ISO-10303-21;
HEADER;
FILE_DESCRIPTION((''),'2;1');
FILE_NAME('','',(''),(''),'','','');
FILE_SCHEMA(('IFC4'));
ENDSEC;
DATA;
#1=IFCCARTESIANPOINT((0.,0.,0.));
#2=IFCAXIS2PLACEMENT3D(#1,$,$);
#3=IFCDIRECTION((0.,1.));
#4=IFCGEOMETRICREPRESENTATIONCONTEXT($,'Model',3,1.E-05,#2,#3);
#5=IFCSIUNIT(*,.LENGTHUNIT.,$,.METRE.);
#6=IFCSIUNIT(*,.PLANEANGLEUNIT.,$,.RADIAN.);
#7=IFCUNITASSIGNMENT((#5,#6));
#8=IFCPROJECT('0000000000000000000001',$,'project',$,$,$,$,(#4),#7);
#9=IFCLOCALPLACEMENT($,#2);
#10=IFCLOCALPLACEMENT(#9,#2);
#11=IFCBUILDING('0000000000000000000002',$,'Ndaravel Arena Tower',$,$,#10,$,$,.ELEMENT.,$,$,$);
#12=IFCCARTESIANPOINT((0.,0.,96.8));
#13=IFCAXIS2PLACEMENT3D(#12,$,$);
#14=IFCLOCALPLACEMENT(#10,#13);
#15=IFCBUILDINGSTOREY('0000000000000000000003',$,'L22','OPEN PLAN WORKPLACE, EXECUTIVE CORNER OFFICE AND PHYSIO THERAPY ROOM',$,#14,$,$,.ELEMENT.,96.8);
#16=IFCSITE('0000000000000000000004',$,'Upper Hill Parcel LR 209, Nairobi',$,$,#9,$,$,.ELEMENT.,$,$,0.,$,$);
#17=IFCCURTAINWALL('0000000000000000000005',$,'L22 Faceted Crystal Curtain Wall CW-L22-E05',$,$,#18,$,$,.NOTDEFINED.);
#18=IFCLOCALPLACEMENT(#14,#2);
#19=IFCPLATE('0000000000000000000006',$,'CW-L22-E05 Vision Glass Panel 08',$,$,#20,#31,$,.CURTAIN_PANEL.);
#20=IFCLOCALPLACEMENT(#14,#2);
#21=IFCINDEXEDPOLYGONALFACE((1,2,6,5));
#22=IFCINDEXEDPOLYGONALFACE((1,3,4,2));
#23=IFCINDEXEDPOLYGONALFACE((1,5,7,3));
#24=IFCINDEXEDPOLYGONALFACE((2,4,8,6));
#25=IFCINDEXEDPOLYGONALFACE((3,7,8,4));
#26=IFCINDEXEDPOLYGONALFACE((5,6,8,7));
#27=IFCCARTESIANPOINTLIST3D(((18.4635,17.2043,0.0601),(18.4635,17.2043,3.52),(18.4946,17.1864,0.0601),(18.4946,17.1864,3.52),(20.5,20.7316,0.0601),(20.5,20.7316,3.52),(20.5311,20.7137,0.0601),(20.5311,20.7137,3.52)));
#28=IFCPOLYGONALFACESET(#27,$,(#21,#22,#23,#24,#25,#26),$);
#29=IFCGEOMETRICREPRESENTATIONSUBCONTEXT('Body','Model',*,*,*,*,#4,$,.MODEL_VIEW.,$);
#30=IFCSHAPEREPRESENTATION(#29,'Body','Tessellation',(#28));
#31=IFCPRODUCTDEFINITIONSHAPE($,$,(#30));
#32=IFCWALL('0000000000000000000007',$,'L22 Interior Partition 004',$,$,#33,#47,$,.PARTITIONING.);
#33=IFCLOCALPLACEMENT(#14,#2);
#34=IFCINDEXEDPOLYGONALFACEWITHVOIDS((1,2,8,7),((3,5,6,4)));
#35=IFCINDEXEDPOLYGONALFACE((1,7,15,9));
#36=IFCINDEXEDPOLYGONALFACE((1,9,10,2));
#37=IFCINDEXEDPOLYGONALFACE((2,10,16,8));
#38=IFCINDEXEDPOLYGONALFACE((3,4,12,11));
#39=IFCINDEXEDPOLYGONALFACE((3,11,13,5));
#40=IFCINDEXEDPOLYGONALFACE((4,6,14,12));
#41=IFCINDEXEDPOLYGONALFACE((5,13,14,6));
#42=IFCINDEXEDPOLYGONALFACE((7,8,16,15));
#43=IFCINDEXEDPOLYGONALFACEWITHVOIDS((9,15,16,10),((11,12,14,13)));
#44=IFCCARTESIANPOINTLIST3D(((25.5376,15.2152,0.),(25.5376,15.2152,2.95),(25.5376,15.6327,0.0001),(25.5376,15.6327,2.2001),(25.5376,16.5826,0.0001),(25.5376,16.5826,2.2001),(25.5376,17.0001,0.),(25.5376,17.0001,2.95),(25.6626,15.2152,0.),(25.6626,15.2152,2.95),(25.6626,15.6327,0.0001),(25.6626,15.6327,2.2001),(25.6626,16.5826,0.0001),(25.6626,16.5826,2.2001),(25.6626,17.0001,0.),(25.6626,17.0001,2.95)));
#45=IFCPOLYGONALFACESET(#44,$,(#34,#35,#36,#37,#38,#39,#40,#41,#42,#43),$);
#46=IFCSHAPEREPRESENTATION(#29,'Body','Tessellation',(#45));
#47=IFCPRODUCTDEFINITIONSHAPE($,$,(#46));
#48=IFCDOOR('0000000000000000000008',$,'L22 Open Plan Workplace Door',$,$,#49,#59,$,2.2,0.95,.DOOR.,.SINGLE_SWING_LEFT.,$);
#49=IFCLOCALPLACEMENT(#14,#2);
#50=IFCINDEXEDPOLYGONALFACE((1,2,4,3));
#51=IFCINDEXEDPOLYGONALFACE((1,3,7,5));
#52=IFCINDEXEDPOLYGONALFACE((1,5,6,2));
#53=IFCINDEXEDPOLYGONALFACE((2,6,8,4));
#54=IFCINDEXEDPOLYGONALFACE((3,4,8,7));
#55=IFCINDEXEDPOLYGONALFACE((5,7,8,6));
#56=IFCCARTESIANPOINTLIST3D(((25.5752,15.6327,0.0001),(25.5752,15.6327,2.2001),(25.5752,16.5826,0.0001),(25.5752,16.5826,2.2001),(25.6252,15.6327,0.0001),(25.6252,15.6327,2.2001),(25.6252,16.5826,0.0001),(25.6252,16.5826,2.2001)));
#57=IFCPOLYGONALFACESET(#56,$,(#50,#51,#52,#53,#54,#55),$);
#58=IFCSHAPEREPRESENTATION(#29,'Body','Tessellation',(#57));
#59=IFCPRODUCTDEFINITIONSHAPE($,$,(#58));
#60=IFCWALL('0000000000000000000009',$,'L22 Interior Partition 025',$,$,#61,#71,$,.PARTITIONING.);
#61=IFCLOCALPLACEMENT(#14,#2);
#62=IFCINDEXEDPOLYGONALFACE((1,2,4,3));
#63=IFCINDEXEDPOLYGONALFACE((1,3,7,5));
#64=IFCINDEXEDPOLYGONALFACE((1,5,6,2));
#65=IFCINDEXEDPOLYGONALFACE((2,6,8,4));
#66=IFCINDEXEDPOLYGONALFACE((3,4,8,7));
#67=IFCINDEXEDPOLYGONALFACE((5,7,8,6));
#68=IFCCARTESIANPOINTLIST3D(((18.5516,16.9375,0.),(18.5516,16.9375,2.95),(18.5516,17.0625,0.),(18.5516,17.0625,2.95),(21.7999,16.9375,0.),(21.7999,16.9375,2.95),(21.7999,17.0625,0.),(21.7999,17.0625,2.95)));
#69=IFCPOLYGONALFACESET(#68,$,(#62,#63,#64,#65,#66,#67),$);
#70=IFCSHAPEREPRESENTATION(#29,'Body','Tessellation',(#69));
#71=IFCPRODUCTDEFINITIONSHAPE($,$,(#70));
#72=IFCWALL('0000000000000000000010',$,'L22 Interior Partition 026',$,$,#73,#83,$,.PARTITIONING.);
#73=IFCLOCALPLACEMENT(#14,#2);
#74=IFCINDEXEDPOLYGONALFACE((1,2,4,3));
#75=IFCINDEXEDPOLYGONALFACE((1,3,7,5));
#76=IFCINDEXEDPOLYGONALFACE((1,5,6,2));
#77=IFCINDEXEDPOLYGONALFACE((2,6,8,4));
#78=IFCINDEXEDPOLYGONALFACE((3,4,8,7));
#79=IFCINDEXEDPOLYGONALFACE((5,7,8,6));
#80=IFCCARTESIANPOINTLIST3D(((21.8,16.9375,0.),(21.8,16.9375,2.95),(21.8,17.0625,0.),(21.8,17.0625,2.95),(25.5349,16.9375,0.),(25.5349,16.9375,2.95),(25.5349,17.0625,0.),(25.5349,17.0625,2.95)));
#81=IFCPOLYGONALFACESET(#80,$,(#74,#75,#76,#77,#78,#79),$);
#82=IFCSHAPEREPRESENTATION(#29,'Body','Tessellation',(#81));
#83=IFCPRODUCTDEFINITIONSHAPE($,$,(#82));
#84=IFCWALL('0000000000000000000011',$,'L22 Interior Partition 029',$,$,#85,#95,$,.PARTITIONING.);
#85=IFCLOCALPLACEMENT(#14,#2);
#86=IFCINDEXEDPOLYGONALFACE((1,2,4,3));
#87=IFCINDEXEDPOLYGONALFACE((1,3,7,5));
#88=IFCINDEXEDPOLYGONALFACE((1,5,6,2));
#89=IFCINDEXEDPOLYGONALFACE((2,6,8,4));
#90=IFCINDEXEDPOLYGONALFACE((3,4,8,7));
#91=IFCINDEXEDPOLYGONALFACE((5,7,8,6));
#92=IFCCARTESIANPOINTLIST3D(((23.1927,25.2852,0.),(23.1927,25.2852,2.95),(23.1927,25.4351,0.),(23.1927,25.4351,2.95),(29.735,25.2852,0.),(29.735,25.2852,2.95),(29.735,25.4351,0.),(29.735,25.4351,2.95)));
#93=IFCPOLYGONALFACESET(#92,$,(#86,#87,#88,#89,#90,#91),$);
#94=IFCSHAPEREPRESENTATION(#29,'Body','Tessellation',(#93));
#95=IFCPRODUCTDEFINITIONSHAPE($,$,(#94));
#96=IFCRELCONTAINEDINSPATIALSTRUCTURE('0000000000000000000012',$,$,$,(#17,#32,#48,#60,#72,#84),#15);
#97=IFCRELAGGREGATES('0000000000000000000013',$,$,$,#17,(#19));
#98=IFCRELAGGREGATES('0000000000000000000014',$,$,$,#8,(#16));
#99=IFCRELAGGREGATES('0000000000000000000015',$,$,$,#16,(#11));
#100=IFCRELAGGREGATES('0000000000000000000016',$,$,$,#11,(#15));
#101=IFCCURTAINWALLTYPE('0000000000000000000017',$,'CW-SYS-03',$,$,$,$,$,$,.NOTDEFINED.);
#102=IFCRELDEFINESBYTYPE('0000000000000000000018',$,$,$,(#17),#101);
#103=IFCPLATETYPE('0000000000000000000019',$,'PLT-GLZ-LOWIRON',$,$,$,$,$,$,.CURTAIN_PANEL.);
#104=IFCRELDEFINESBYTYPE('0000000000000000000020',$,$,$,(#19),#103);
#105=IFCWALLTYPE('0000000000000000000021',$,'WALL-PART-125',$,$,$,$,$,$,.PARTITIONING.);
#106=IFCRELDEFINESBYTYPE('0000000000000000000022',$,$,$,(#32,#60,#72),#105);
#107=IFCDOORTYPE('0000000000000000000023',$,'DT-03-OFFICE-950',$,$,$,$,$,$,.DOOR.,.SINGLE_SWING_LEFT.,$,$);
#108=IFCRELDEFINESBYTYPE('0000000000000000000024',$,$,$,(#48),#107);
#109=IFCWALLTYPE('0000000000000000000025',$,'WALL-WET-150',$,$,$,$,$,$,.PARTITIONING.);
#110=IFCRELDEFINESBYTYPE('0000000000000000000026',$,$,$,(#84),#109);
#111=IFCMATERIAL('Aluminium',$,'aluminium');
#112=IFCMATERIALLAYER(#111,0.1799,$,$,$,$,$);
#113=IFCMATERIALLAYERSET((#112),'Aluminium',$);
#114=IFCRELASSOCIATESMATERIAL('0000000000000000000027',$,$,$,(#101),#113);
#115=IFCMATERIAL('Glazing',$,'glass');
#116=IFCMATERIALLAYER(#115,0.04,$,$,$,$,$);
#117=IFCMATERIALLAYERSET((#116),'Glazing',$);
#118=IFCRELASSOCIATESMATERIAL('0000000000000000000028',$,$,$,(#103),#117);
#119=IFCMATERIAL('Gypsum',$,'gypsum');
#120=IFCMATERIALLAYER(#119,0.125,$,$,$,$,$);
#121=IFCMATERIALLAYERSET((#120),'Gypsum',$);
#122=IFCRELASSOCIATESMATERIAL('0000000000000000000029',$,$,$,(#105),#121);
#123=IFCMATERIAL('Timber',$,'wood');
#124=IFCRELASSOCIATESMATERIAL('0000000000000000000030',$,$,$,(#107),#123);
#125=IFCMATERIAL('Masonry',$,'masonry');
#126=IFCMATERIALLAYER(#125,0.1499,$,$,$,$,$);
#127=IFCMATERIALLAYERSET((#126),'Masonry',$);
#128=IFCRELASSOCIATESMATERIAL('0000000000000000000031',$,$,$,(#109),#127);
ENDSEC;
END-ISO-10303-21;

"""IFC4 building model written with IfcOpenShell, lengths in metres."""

from ifc_helpers import new_model, si_unit, direction, frame, frame_2d, origin, origin_2d, place, context, subcontext, project, spatial, rectangle, extrude, material, layer, layer_set, type_object, element, fill, aggregate, save


model = new_model("IFC4")

# Units and contexts
model_context = context("Model", 3, precision=1e-05, world=origin(), true_north=direction((0.0, 1.0)))
body_context = subcontext(model_context, "Body", "Model", "MODEL_VIEW")
ifc_project = project(units=[si_unit("LENGTHUNIT", "METRE"), si_unit("PLANEANGLEUNIT", "RADIAN")], contexts=[model_context])

# Site, building, storey
site_placement = place(None, origin())
site = spatial("IfcSite", under=ifc_project, at=site_placement, Name="Upper Hill Parcel LR 209, Nairobi", CompositionType="ELEMENT", RefElevation=0.0)
building_placement = place(site_placement, origin())
building = spatial("IfcBuilding", under=site, at=building_placement, Name="Ndaravel Arena Tower", CompositionType="ELEMENT")
storey_placement = place(building_placement, frame((0.0, 0.0, 96.8)))
storey = spatial("IfcBuildingStorey", under=building, at=storey_placement, Name="L22", Description="OPEN PLAN WORKPLACE, EXECUTIVE CORNER OFFICE AND PHYSIO THERAPY ROOM", CompositionType="ELEMENT", Elevation=96.8)

# Curtain wall
ifc_material_1 = material(Name="Aluminium", Category="aluminium")
ifc_layer_1 = layer(ifc_material_1, 0.1799)
ifc_layer_set_1 = layer_set([ifc_layer_1], Name="Aluminium")
curtain_wall_type_1 = type_object("IfcCurtainWallType", Name="CW-SYS-03", PredefinedType="NOTDEFINED", material=ifc_layer_set_1)
curtain_wall_1_placement = place(storey_placement, origin())
curtain_wall_1 = element("IfcCurtainWall", 1, at=curtain_wall_1_placement, inside=storey, type_object=curtain_wall_type_1, Name="L22 Faceted Crystal Curtain Wall CW-L22-E05", PredefinedType="NOTDEFINED")

# Plate
ifc_material_2 = material(Name="Glazing", Category="glass")
ifc_layer_2 = layer(ifc_material_2, 0.04)
ifc_layer_set_2 = layer_set([ifc_layer_2], Name="Glazing")
plate_type_1 = type_object("IfcPlateType", Name="PLT-GLZ-LOWIRON", PredefinedType="CURTAIN_PANEL", material=ifc_layer_set_2)
plate_1_placement = place(storey_placement, frame((19.4973, 18.959, 0.0601), z_axis=(0.0, 0.0, 1.0), x_axis=(-0.5, -0.866025, 0.0)))
plate_1 = element("IfcPlate", 2, at=plate_1_placement, type_object=plate_type_1, Name="CW-L22-E05 Vision Glass Panel 08", PredefinedType="CURTAIN_PANEL", context=body_context, shape_type="SweptSolid", body=[
    extrude(rectangle(XDim=4.073, YDim=0.0359, at=origin_2d()), origin(), (0.0, 0.0, 1.0), 3.46),
])
aggregate(curtain_wall_1, [plate_1])

# Wall, opening, door
ifc_material_3 = material(Name="Gypsum", Category="gypsum")
ifc_layer_3 = layer(ifc_material_3, 0.125)
ifc_layer_set_3 = layer_set([ifc_layer_3], Name="Gypsum")
wall_type_1 = type_object("IfcWallType", Name="WALL-PART-125", PredefinedType="PARTITIONING", material=ifc_layer_set_3)
wall_1_placement = place(storey_placement, frame((25.6001, 15.2151, 0.0), z_axis=(0.0, 0.0, 1.0), x_axis=(0.0, 1.0, 0.0)))
wall_1 = element("IfcWall", 3, at=wall_1_placement, inside=storey, type_object=wall_type_1, Name="L22 Interior Partition 004", PredefinedType="PARTITIONING", context=body_context, shape_type="SweptSolid", body=[
    extrude(rectangle(XDim=1.7849, YDim=0.125, at=frame_2d((0.8926, 0.0))), origin(), (0.0, 0.0, 1.0), 2.95),
])
opening_placement = place(wall_1_placement, frame((0.4175, 0.0, 0.0)))
opening = element("IfcOpeningElement", 4, at=opening_placement, cuts=wall_1, PredefinedType="OPENING", context=body_context, shape_type="SweptSolid", body=[
    extrude(rectangle(XDim=0.95, YDim=2.2, at=frame_2d((0.4751, 1.1001))), frame((0.0, 0.0625, 0.0), z_axis=(0.0, -1.0, 0.0), x_axis=(1.0, 0.0, 0.0)), (0.0, 0.0, 1.0), 0.125),
])
ifc_material_4 = material(Name="Timber", Category="wood")
door_type = type_object("IfcDoorType", Name="DT-03-OFFICE-950", OperationType="SINGLE_SWING_LEFT", PredefinedType="DOOR", material=ifc_material_4)
door_placement = place(opening_placement, origin())
door = element("IfcDoor", 5, at=door_placement, inside=storey, type_object=door_type, Name="L22 Open Plan Workplace Door", OperationType="SINGLE_SWING_LEFT", OverallHeight=2.2, OverallWidth=0.95, PredefinedType="DOOR", context=body_context, shape_type="SweptSolid", body=[
    extrude(rectangle(XDim=0.95, YDim=2.2, at=frame_2d((0.4751, 1.1001))), frame((0.0, 0.0249, 0.0), z_axis=(0.0, -1.0, 0.0), x_axis=(1.0, 0.0, 0.0)), (0.0, 0.0, 1.0), 0.05),
])
fill(opening, door)

# Walls
wall_2_placement = place(storey_placement, frame((18.5518, 17.0, 0.0), z_axis=(0.0, 0.0, 1.0), x_axis=(1.0, 0.0, 0.0)))
element("IfcWall", 6, at=wall_2_placement, inside=storey, type_object=wall_type_1, Name="L22 Interior Partition 025", PredefinedType="PARTITIONING", context=body_context, shape_type="SweptSolid", body=[
    extrude(rectangle(XDim=3.2483, YDim=0.125, at=frame_2d((1.624, 0.0))), origin(), (0.0, 0.0, 1.0), 2.95),
])
wall_3_placement = place(storey_placement, frame((21.8, 17.0, 0.0), z_axis=(0.0, 0.0, 1.0), x_axis=(1.0, 0.0, 0.0)))
element("IfcWall", 7, at=wall_3_placement, inside=storey, type_object=wall_type_1, Name="L22 Interior Partition 026", PredefinedType="PARTITIONING", context=body_context, shape_type="SweptSolid", body=[
    extrude(rectangle(XDim=3.7349, YDim=0.125, at=frame_2d((1.8674, 0.0))), origin(), (0.0, 0.0, 1.0), 2.95),
])
ifc_material_5 = material(Name="Masonry", Category="masonry")
ifc_layer_4 = layer(ifc_material_5, 0.1499)
ifc_layer_set_4 = layer_set([ifc_layer_4], Name="Masonry")
wall_type_2 = type_object("IfcWallType", Name="WALL-WET-150", PredefinedType="PARTITIONING", material=ifc_layer_set_4)
wall_4_placement = place(storey_placement, frame((23.1929, 25.3601, 0.0), z_axis=(0.0, 0.0, 1.0), x_axis=(1.0, 0.0, 0.0)))
element("IfcWall", 8, at=wall_4_placement, inside=storey, type_object=wall_type_2, Name="L22 Interior Partition 029", PredefinedType="PARTITIONING", context=body_context, shape_type="SweptSolid", body=[
    extrude(rectangle(XDim=6.5422, YDim=0.1499, at=frame_2d((3.271, 0.0))), origin(), (0.0, 0.0, 1.0), 2.95),
])

save(model, "model.ifc")
